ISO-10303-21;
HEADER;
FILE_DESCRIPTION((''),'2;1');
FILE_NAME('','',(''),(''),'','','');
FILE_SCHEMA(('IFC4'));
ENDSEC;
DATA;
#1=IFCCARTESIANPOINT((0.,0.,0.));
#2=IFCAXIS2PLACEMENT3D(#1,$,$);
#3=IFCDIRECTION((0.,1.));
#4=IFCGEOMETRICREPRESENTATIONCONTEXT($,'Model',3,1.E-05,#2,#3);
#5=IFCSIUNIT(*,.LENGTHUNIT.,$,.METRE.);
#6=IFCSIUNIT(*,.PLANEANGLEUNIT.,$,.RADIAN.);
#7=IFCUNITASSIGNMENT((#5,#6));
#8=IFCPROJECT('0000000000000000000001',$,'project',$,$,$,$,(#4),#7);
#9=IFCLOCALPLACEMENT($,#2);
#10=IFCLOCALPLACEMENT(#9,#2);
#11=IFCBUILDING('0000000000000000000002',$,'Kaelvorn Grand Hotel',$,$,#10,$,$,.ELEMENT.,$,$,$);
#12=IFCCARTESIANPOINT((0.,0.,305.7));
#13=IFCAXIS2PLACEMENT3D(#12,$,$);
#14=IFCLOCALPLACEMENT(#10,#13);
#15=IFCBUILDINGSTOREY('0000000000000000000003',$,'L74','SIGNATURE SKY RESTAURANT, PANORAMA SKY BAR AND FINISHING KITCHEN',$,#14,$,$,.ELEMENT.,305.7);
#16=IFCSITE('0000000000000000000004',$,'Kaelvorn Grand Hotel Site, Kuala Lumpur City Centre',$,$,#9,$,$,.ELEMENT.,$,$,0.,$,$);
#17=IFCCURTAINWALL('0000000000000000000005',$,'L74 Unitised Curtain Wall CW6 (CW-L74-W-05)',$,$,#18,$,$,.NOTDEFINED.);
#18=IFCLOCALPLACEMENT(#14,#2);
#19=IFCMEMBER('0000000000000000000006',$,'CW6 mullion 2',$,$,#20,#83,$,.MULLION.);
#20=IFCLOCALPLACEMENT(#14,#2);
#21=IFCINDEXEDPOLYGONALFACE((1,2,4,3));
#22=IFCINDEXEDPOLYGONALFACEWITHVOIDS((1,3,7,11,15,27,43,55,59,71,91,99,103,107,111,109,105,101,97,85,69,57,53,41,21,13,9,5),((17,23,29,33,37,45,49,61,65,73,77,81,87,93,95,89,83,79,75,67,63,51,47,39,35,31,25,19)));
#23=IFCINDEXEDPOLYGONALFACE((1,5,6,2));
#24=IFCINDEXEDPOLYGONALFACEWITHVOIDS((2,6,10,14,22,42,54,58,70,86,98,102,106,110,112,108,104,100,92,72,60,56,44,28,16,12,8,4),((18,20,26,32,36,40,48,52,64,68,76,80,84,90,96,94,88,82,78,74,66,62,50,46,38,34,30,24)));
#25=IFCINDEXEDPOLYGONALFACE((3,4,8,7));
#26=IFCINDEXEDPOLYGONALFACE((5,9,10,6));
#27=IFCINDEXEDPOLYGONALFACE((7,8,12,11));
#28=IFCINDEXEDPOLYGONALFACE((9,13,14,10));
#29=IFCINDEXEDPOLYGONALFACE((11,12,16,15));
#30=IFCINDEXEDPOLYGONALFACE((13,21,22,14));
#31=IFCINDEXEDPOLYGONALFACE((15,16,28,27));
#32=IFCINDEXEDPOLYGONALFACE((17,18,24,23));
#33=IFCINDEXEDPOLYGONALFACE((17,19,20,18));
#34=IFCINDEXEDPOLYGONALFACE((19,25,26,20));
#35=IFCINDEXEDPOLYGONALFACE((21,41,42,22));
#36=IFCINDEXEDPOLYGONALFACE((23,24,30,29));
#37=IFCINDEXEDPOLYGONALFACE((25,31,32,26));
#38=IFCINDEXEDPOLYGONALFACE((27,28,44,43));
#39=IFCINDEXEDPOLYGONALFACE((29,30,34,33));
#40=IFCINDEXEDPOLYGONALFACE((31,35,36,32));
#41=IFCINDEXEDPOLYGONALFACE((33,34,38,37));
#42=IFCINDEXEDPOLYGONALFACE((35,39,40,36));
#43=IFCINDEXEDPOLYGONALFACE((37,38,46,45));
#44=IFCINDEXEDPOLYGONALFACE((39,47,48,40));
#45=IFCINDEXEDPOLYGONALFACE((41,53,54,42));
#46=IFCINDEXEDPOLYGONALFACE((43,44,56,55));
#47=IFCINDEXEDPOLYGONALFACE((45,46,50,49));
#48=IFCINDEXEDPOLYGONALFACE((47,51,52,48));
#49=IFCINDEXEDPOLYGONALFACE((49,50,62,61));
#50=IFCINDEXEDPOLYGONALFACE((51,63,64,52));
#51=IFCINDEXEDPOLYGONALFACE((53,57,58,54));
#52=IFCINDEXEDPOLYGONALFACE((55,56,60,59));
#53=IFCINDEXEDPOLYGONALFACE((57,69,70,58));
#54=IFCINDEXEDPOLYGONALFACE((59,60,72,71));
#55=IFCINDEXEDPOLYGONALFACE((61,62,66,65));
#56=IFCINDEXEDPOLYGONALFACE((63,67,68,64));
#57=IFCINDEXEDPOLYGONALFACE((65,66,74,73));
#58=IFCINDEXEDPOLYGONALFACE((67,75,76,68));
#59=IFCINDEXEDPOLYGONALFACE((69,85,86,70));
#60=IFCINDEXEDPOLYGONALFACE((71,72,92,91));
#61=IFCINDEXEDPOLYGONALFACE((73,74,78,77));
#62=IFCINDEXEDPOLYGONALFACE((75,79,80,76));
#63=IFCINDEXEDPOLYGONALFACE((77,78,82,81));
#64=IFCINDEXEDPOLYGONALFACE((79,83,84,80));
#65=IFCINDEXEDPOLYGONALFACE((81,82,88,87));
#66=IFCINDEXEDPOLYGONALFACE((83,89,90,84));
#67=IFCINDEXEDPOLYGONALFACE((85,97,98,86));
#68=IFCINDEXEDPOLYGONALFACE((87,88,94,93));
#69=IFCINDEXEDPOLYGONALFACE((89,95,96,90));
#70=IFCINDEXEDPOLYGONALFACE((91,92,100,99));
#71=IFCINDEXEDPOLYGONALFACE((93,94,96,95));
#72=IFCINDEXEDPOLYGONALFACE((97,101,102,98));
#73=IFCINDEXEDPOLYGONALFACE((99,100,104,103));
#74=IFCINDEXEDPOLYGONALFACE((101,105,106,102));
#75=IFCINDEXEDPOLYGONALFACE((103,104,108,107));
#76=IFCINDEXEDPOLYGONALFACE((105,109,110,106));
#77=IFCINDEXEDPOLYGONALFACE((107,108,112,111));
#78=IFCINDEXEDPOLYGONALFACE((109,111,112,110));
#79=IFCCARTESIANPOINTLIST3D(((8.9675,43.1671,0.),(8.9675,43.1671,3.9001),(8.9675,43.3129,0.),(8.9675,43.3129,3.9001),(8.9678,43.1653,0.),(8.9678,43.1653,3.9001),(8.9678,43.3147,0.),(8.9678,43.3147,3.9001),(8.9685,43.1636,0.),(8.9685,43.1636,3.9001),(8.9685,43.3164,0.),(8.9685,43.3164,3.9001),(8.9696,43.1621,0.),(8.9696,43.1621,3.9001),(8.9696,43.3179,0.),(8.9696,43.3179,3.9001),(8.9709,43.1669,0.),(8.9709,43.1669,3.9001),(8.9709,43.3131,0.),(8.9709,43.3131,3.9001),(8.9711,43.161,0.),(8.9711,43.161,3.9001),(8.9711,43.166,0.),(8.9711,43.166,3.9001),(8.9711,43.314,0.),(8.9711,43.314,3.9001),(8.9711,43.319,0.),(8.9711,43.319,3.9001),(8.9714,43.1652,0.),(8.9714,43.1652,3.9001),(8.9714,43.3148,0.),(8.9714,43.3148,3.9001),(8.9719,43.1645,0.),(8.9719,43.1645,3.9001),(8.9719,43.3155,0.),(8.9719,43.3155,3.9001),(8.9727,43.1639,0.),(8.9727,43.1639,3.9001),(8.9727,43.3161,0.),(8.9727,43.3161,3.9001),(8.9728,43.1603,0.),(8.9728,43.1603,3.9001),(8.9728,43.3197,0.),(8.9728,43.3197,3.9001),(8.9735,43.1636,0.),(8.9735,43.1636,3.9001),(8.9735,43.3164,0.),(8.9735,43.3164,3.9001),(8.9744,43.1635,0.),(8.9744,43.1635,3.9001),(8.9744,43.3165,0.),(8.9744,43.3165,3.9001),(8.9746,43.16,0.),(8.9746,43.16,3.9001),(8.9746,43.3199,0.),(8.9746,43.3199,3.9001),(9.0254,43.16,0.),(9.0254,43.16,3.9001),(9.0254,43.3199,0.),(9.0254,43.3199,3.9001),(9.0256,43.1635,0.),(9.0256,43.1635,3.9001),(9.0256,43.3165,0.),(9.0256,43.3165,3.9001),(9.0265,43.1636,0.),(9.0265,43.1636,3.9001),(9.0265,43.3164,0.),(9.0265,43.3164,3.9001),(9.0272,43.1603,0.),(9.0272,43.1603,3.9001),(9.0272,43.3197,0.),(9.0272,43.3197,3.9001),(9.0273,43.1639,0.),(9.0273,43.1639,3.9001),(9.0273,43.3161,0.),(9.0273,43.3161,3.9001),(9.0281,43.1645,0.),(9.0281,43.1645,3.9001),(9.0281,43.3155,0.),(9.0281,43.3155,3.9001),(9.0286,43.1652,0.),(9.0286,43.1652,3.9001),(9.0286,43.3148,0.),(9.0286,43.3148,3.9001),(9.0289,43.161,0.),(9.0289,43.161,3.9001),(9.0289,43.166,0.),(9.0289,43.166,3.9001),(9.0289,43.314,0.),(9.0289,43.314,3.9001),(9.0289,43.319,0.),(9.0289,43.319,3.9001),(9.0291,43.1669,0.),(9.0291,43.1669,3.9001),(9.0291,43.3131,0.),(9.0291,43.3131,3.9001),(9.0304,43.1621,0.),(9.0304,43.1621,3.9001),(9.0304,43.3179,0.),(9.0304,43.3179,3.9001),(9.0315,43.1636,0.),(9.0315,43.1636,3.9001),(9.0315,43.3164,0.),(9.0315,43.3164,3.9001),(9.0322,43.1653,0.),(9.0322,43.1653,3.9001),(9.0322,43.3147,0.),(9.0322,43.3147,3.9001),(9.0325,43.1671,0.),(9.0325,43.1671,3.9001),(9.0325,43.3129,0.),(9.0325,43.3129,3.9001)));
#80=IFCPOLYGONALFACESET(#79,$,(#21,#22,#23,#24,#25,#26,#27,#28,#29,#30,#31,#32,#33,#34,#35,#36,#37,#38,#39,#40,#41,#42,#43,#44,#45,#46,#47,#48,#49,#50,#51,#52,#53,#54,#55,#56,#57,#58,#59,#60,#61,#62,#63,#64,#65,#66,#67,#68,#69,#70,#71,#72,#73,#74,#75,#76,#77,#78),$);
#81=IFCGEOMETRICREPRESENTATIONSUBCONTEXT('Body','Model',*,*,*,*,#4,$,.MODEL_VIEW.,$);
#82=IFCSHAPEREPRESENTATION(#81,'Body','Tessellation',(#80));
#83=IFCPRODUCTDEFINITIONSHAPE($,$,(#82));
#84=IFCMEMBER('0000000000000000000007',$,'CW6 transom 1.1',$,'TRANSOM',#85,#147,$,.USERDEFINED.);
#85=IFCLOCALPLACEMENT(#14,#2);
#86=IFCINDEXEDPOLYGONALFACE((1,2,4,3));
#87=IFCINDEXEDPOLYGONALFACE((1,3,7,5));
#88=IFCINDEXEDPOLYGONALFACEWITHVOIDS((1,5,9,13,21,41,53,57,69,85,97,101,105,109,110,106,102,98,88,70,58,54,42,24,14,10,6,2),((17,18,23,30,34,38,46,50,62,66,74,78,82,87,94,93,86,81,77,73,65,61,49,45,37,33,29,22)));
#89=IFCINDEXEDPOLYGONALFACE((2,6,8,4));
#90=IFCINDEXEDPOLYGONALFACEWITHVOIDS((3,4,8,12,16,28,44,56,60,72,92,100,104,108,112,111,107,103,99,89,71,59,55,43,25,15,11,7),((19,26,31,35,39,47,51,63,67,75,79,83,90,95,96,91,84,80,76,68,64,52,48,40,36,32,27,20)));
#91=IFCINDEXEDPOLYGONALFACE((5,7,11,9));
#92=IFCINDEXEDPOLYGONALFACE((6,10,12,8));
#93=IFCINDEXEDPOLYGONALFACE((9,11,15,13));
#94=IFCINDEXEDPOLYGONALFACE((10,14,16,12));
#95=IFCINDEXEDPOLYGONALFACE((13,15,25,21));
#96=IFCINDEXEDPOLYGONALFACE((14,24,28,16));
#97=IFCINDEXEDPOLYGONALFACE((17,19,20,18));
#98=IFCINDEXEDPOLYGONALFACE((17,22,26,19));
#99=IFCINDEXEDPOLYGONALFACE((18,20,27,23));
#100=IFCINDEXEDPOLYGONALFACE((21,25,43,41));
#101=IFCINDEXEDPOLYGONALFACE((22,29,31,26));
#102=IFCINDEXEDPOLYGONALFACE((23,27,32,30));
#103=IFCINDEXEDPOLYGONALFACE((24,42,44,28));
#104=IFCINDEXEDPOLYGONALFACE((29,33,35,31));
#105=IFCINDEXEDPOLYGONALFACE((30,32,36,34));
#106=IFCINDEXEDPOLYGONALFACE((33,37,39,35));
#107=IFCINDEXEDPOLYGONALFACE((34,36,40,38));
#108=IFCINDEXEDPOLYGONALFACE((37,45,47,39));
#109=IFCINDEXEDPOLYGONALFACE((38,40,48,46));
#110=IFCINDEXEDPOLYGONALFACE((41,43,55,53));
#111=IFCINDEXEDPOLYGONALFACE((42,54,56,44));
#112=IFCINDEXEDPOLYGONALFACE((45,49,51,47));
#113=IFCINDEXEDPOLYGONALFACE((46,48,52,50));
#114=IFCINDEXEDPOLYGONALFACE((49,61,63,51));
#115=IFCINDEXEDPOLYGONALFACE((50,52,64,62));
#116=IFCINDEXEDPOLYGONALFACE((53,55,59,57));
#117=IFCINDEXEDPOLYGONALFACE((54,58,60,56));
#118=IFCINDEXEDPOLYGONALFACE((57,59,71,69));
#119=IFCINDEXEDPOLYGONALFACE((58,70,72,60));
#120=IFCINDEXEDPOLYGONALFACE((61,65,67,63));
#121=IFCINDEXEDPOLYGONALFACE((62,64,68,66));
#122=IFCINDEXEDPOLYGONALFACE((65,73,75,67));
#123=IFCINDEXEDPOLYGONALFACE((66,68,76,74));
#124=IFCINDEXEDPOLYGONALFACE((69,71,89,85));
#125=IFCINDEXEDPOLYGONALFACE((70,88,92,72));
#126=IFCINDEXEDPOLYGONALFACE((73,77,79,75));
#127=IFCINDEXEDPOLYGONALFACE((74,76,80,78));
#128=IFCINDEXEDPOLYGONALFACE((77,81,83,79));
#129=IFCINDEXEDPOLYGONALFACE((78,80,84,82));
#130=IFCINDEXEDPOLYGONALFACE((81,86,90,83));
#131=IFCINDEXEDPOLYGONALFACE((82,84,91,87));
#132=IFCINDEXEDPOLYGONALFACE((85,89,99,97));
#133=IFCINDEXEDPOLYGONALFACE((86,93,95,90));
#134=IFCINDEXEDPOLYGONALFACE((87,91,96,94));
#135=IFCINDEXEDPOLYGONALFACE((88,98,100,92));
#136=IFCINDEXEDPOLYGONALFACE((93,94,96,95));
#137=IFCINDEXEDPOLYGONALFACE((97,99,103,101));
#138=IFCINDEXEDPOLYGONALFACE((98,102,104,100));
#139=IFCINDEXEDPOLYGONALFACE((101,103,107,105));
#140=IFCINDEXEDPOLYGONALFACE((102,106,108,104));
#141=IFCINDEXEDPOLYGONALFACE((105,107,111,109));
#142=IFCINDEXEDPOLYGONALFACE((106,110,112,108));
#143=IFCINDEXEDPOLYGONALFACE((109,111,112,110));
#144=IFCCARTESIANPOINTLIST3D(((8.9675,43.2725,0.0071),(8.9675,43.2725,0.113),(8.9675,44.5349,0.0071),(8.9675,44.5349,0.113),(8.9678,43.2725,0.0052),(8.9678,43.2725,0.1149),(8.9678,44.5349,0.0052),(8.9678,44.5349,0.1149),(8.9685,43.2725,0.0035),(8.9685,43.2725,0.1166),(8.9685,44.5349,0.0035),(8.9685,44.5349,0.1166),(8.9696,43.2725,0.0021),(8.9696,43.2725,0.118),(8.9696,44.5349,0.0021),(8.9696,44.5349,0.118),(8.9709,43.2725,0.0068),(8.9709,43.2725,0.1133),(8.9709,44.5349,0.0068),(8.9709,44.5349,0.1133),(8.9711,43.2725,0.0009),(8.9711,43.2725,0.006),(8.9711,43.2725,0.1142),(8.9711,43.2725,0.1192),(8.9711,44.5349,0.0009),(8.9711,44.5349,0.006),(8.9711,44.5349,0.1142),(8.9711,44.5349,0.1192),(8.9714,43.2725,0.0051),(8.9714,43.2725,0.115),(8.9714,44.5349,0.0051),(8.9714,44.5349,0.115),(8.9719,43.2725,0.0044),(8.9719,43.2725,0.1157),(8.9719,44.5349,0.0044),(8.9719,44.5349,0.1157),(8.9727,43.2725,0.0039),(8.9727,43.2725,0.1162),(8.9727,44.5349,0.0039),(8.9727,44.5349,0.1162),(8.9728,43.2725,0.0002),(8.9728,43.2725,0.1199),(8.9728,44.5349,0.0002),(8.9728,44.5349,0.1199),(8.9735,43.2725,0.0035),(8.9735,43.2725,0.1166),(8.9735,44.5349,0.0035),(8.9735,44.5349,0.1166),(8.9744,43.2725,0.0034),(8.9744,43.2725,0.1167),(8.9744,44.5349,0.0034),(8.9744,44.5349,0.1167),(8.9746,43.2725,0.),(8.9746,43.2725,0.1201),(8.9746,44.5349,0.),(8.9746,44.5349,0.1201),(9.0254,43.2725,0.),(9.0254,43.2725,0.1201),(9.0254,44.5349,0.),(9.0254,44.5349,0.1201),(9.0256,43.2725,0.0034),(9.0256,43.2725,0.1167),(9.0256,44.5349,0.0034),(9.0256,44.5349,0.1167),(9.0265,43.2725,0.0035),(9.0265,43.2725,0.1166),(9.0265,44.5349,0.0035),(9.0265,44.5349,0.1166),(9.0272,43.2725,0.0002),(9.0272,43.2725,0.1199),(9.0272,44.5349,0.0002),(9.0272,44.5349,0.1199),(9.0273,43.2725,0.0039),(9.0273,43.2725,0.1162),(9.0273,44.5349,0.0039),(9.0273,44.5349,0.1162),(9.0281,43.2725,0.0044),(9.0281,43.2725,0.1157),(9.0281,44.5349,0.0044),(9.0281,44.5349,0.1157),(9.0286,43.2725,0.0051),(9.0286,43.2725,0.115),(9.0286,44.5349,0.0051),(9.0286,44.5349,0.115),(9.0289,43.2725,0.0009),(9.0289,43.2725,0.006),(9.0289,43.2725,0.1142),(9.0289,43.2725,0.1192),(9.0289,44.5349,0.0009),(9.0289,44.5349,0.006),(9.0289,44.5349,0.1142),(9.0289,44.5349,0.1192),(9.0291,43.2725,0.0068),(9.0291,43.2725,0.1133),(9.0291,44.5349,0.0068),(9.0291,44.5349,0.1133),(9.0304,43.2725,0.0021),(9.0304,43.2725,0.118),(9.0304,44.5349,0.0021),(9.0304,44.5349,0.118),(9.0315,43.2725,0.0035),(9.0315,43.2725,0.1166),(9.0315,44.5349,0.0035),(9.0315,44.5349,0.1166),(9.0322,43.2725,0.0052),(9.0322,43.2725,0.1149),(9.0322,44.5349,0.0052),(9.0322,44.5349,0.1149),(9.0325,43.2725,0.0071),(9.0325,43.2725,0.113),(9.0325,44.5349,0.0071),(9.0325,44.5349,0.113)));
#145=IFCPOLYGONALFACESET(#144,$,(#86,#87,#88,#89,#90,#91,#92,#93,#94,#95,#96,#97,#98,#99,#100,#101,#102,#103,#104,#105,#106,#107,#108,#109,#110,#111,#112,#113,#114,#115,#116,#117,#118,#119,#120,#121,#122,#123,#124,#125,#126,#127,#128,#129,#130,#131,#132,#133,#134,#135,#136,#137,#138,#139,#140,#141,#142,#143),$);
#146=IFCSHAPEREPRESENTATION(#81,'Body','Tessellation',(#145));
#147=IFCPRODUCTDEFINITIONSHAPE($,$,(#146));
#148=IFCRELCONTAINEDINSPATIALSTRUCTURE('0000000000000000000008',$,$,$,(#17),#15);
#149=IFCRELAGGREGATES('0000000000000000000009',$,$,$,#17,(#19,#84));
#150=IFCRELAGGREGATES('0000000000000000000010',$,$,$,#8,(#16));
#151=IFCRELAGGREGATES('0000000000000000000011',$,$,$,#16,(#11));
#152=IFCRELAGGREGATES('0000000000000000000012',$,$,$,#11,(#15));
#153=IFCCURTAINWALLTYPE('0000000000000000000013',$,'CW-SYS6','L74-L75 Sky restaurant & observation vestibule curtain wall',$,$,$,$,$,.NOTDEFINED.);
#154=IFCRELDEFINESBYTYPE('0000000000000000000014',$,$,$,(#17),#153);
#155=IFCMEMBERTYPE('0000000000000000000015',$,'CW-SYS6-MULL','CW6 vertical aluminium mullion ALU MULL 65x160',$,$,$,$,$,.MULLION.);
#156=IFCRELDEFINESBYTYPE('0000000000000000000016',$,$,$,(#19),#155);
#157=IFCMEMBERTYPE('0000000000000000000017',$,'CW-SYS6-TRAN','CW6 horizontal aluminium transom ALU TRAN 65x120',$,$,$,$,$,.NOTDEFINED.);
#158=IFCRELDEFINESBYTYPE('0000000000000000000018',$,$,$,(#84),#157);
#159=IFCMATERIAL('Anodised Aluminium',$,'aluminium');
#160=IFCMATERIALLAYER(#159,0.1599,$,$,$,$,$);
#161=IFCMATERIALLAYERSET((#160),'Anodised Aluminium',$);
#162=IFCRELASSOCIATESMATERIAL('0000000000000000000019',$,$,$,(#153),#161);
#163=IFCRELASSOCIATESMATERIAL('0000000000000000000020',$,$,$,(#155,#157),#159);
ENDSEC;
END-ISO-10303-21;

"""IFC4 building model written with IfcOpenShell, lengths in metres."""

from ifc_helpers import new_model, si_unit, direction, frame, origin, origin_2d, place, context, subcontext, project, spatial, hollow_rectangle, extrude, material, layer, layer_set, material_profile, profile_set, type_object, element, aggregate, save


model = new_model("IFC4")

# Units and contexts
model_context = context("Model", 3, precision=1e-05, world=origin(), true_north=direction((0.0, 1.0)))
body_context = subcontext(model_context, "Body", "Model", "MODEL_VIEW")
ifc_project = project(units=[si_unit("LENGTHUNIT", "METRE"), si_unit("PLANEANGLEUNIT", "RADIAN")], contexts=[model_context])

# Site, building, storey
site_placement = place(None, origin())
site = spatial("IfcSite", under=ifc_project, at=site_placement, Name="Kaelvorn Grand Hotel Site, Kuala Lumpur City Centre", CompositionType="ELEMENT", RefElevation=0.0)
building_placement = place(site_placement, origin())
building = spatial("IfcBuilding", under=site, at=building_placement, Name="Kaelvorn Grand Hotel", CompositionType="ELEMENT")
storey_placement = place(building_placement, frame((0.0, 0.0, 305.7)))
storey = spatial("IfcBuildingStorey", under=building, at=storey_placement, Name="L74", Description="SIGNATURE SKY RESTAURANT, PANORAMA SKY BAR AND FINISHING KITCHEN", CompositionType="ELEMENT", Elevation=305.7)

# Curtain wall, members
ifc_material_1 = material(Name="Anodised Aluminium", Category="aluminium")
ifc_layer_1 = layer(ifc_material_1, 0.1599)
ifc_layer_set_1 = layer_set([ifc_layer_1], Name="Anodised Aluminium")
curtain_wall_type = type_object("IfcCurtainWallType", Name="CW-SYS6", Description="L74-L75 Sky restaurant & observation vestibule curtain wall", PredefinedType="NOTDEFINED", material=ifc_layer_set_1)
curtain_wall_placement = place(storey_placement, origin())
curtain_wall = element("IfcCurtainWall", 1, at=curtain_wall_placement, inside=storey, type_object=curtain_wall_type, Name="L74 Unitised Curtain Wall CW6 (CW-L74-W-05)", PredefinedType="NOTDEFINED")
ifc_material_profile_1 = material_profile(ifc_material_1, hollow_rectangle(XDim=0.0649, YDim=0.1599, WallThickness=0.0034, InnerFilletRadius=0.0034, OuterFilletRadius=0.0071, at=origin_2d()), Name="ALU MULL 65x160")
ifc_profile_set_1 = profile_set([ifc_material_profile_1], Name="Anodised Aluminium")
member_type_1 = type_object("IfcMemberType", Name="CW-SYS6-MULL", Description="CW6 vertical aluminium mullion ALU MULL 65x160", PredefinedType="MULLION", material=ifc_profile_set_1)
member_1_placement = place(storey_placement, frame((9.0, 43.24, 0.0), z_axis=(0.0, 0.0, 1.0), x_axis=(1.0, 0.0, 0.0)))
member_1 = element("IfcMember", 2, at=member_1_placement, type_object=member_type_1, Name="CW6 mullion 2", PredefinedType="MULLION", context=body_context, shape_type="SweptSolid", body=[
    extrude(hollow_rectangle(XDim=0.0649, YDim=0.1599, WallThickness=0.0034, InnerFilletRadius=0.0034, OuterFilletRadius=0.0071, at=origin_2d()), origin(), (0.0, 0.0, 1.0), 3.9001),
])
ifc_material_profile_2 = material_profile(ifc_material_1, hollow_rectangle(XDim=0.0649, YDim=0.1201, WallThickness=0.0034, InnerFilletRadius=0.0034, OuterFilletRadius=0.0071, at=origin_2d()), Name="ALU TRAN 65x120")
ifc_profile_set_2 = profile_set([ifc_material_profile_2], Name="Anodised Aluminium")
member_type_2 = type_object("IfcMemberType", Name="CW-SYS6-TRAN", Description="CW6 horizontal aluminium transom ALU TRAN 65x120", PredefinedType="NOTDEFINED", material=ifc_profile_set_2)
member_2_placement = place(storey_placement, frame((9.0, 44.5349, 0.0601), z_axis=(0.0, -1.0, 0.0), x_axis=(1.0, 0.0, 0.0)))
member_2 = element("IfcMember", 3, at=member_2_placement, type_object=member_type_2, Name="CW6 transom 1.1", ObjectType="TRANSOM", PredefinedType="USERDEFINED", context=body_context, shape_type="SweptSolid", body=[
    extrude(hollow_rectangle(XDim=0.0649, YDim=0.1201, WallThickness=0.0034, InnerFilletRadius=0.0034, OuterFilletRadius=0.0071, at=origin_2d()), origin(), (0.0, 0.0, 1.0), 1.2625),
])
aggregate(curtain_wall, [member_1, member_2])

save(model, "model.ifc")
